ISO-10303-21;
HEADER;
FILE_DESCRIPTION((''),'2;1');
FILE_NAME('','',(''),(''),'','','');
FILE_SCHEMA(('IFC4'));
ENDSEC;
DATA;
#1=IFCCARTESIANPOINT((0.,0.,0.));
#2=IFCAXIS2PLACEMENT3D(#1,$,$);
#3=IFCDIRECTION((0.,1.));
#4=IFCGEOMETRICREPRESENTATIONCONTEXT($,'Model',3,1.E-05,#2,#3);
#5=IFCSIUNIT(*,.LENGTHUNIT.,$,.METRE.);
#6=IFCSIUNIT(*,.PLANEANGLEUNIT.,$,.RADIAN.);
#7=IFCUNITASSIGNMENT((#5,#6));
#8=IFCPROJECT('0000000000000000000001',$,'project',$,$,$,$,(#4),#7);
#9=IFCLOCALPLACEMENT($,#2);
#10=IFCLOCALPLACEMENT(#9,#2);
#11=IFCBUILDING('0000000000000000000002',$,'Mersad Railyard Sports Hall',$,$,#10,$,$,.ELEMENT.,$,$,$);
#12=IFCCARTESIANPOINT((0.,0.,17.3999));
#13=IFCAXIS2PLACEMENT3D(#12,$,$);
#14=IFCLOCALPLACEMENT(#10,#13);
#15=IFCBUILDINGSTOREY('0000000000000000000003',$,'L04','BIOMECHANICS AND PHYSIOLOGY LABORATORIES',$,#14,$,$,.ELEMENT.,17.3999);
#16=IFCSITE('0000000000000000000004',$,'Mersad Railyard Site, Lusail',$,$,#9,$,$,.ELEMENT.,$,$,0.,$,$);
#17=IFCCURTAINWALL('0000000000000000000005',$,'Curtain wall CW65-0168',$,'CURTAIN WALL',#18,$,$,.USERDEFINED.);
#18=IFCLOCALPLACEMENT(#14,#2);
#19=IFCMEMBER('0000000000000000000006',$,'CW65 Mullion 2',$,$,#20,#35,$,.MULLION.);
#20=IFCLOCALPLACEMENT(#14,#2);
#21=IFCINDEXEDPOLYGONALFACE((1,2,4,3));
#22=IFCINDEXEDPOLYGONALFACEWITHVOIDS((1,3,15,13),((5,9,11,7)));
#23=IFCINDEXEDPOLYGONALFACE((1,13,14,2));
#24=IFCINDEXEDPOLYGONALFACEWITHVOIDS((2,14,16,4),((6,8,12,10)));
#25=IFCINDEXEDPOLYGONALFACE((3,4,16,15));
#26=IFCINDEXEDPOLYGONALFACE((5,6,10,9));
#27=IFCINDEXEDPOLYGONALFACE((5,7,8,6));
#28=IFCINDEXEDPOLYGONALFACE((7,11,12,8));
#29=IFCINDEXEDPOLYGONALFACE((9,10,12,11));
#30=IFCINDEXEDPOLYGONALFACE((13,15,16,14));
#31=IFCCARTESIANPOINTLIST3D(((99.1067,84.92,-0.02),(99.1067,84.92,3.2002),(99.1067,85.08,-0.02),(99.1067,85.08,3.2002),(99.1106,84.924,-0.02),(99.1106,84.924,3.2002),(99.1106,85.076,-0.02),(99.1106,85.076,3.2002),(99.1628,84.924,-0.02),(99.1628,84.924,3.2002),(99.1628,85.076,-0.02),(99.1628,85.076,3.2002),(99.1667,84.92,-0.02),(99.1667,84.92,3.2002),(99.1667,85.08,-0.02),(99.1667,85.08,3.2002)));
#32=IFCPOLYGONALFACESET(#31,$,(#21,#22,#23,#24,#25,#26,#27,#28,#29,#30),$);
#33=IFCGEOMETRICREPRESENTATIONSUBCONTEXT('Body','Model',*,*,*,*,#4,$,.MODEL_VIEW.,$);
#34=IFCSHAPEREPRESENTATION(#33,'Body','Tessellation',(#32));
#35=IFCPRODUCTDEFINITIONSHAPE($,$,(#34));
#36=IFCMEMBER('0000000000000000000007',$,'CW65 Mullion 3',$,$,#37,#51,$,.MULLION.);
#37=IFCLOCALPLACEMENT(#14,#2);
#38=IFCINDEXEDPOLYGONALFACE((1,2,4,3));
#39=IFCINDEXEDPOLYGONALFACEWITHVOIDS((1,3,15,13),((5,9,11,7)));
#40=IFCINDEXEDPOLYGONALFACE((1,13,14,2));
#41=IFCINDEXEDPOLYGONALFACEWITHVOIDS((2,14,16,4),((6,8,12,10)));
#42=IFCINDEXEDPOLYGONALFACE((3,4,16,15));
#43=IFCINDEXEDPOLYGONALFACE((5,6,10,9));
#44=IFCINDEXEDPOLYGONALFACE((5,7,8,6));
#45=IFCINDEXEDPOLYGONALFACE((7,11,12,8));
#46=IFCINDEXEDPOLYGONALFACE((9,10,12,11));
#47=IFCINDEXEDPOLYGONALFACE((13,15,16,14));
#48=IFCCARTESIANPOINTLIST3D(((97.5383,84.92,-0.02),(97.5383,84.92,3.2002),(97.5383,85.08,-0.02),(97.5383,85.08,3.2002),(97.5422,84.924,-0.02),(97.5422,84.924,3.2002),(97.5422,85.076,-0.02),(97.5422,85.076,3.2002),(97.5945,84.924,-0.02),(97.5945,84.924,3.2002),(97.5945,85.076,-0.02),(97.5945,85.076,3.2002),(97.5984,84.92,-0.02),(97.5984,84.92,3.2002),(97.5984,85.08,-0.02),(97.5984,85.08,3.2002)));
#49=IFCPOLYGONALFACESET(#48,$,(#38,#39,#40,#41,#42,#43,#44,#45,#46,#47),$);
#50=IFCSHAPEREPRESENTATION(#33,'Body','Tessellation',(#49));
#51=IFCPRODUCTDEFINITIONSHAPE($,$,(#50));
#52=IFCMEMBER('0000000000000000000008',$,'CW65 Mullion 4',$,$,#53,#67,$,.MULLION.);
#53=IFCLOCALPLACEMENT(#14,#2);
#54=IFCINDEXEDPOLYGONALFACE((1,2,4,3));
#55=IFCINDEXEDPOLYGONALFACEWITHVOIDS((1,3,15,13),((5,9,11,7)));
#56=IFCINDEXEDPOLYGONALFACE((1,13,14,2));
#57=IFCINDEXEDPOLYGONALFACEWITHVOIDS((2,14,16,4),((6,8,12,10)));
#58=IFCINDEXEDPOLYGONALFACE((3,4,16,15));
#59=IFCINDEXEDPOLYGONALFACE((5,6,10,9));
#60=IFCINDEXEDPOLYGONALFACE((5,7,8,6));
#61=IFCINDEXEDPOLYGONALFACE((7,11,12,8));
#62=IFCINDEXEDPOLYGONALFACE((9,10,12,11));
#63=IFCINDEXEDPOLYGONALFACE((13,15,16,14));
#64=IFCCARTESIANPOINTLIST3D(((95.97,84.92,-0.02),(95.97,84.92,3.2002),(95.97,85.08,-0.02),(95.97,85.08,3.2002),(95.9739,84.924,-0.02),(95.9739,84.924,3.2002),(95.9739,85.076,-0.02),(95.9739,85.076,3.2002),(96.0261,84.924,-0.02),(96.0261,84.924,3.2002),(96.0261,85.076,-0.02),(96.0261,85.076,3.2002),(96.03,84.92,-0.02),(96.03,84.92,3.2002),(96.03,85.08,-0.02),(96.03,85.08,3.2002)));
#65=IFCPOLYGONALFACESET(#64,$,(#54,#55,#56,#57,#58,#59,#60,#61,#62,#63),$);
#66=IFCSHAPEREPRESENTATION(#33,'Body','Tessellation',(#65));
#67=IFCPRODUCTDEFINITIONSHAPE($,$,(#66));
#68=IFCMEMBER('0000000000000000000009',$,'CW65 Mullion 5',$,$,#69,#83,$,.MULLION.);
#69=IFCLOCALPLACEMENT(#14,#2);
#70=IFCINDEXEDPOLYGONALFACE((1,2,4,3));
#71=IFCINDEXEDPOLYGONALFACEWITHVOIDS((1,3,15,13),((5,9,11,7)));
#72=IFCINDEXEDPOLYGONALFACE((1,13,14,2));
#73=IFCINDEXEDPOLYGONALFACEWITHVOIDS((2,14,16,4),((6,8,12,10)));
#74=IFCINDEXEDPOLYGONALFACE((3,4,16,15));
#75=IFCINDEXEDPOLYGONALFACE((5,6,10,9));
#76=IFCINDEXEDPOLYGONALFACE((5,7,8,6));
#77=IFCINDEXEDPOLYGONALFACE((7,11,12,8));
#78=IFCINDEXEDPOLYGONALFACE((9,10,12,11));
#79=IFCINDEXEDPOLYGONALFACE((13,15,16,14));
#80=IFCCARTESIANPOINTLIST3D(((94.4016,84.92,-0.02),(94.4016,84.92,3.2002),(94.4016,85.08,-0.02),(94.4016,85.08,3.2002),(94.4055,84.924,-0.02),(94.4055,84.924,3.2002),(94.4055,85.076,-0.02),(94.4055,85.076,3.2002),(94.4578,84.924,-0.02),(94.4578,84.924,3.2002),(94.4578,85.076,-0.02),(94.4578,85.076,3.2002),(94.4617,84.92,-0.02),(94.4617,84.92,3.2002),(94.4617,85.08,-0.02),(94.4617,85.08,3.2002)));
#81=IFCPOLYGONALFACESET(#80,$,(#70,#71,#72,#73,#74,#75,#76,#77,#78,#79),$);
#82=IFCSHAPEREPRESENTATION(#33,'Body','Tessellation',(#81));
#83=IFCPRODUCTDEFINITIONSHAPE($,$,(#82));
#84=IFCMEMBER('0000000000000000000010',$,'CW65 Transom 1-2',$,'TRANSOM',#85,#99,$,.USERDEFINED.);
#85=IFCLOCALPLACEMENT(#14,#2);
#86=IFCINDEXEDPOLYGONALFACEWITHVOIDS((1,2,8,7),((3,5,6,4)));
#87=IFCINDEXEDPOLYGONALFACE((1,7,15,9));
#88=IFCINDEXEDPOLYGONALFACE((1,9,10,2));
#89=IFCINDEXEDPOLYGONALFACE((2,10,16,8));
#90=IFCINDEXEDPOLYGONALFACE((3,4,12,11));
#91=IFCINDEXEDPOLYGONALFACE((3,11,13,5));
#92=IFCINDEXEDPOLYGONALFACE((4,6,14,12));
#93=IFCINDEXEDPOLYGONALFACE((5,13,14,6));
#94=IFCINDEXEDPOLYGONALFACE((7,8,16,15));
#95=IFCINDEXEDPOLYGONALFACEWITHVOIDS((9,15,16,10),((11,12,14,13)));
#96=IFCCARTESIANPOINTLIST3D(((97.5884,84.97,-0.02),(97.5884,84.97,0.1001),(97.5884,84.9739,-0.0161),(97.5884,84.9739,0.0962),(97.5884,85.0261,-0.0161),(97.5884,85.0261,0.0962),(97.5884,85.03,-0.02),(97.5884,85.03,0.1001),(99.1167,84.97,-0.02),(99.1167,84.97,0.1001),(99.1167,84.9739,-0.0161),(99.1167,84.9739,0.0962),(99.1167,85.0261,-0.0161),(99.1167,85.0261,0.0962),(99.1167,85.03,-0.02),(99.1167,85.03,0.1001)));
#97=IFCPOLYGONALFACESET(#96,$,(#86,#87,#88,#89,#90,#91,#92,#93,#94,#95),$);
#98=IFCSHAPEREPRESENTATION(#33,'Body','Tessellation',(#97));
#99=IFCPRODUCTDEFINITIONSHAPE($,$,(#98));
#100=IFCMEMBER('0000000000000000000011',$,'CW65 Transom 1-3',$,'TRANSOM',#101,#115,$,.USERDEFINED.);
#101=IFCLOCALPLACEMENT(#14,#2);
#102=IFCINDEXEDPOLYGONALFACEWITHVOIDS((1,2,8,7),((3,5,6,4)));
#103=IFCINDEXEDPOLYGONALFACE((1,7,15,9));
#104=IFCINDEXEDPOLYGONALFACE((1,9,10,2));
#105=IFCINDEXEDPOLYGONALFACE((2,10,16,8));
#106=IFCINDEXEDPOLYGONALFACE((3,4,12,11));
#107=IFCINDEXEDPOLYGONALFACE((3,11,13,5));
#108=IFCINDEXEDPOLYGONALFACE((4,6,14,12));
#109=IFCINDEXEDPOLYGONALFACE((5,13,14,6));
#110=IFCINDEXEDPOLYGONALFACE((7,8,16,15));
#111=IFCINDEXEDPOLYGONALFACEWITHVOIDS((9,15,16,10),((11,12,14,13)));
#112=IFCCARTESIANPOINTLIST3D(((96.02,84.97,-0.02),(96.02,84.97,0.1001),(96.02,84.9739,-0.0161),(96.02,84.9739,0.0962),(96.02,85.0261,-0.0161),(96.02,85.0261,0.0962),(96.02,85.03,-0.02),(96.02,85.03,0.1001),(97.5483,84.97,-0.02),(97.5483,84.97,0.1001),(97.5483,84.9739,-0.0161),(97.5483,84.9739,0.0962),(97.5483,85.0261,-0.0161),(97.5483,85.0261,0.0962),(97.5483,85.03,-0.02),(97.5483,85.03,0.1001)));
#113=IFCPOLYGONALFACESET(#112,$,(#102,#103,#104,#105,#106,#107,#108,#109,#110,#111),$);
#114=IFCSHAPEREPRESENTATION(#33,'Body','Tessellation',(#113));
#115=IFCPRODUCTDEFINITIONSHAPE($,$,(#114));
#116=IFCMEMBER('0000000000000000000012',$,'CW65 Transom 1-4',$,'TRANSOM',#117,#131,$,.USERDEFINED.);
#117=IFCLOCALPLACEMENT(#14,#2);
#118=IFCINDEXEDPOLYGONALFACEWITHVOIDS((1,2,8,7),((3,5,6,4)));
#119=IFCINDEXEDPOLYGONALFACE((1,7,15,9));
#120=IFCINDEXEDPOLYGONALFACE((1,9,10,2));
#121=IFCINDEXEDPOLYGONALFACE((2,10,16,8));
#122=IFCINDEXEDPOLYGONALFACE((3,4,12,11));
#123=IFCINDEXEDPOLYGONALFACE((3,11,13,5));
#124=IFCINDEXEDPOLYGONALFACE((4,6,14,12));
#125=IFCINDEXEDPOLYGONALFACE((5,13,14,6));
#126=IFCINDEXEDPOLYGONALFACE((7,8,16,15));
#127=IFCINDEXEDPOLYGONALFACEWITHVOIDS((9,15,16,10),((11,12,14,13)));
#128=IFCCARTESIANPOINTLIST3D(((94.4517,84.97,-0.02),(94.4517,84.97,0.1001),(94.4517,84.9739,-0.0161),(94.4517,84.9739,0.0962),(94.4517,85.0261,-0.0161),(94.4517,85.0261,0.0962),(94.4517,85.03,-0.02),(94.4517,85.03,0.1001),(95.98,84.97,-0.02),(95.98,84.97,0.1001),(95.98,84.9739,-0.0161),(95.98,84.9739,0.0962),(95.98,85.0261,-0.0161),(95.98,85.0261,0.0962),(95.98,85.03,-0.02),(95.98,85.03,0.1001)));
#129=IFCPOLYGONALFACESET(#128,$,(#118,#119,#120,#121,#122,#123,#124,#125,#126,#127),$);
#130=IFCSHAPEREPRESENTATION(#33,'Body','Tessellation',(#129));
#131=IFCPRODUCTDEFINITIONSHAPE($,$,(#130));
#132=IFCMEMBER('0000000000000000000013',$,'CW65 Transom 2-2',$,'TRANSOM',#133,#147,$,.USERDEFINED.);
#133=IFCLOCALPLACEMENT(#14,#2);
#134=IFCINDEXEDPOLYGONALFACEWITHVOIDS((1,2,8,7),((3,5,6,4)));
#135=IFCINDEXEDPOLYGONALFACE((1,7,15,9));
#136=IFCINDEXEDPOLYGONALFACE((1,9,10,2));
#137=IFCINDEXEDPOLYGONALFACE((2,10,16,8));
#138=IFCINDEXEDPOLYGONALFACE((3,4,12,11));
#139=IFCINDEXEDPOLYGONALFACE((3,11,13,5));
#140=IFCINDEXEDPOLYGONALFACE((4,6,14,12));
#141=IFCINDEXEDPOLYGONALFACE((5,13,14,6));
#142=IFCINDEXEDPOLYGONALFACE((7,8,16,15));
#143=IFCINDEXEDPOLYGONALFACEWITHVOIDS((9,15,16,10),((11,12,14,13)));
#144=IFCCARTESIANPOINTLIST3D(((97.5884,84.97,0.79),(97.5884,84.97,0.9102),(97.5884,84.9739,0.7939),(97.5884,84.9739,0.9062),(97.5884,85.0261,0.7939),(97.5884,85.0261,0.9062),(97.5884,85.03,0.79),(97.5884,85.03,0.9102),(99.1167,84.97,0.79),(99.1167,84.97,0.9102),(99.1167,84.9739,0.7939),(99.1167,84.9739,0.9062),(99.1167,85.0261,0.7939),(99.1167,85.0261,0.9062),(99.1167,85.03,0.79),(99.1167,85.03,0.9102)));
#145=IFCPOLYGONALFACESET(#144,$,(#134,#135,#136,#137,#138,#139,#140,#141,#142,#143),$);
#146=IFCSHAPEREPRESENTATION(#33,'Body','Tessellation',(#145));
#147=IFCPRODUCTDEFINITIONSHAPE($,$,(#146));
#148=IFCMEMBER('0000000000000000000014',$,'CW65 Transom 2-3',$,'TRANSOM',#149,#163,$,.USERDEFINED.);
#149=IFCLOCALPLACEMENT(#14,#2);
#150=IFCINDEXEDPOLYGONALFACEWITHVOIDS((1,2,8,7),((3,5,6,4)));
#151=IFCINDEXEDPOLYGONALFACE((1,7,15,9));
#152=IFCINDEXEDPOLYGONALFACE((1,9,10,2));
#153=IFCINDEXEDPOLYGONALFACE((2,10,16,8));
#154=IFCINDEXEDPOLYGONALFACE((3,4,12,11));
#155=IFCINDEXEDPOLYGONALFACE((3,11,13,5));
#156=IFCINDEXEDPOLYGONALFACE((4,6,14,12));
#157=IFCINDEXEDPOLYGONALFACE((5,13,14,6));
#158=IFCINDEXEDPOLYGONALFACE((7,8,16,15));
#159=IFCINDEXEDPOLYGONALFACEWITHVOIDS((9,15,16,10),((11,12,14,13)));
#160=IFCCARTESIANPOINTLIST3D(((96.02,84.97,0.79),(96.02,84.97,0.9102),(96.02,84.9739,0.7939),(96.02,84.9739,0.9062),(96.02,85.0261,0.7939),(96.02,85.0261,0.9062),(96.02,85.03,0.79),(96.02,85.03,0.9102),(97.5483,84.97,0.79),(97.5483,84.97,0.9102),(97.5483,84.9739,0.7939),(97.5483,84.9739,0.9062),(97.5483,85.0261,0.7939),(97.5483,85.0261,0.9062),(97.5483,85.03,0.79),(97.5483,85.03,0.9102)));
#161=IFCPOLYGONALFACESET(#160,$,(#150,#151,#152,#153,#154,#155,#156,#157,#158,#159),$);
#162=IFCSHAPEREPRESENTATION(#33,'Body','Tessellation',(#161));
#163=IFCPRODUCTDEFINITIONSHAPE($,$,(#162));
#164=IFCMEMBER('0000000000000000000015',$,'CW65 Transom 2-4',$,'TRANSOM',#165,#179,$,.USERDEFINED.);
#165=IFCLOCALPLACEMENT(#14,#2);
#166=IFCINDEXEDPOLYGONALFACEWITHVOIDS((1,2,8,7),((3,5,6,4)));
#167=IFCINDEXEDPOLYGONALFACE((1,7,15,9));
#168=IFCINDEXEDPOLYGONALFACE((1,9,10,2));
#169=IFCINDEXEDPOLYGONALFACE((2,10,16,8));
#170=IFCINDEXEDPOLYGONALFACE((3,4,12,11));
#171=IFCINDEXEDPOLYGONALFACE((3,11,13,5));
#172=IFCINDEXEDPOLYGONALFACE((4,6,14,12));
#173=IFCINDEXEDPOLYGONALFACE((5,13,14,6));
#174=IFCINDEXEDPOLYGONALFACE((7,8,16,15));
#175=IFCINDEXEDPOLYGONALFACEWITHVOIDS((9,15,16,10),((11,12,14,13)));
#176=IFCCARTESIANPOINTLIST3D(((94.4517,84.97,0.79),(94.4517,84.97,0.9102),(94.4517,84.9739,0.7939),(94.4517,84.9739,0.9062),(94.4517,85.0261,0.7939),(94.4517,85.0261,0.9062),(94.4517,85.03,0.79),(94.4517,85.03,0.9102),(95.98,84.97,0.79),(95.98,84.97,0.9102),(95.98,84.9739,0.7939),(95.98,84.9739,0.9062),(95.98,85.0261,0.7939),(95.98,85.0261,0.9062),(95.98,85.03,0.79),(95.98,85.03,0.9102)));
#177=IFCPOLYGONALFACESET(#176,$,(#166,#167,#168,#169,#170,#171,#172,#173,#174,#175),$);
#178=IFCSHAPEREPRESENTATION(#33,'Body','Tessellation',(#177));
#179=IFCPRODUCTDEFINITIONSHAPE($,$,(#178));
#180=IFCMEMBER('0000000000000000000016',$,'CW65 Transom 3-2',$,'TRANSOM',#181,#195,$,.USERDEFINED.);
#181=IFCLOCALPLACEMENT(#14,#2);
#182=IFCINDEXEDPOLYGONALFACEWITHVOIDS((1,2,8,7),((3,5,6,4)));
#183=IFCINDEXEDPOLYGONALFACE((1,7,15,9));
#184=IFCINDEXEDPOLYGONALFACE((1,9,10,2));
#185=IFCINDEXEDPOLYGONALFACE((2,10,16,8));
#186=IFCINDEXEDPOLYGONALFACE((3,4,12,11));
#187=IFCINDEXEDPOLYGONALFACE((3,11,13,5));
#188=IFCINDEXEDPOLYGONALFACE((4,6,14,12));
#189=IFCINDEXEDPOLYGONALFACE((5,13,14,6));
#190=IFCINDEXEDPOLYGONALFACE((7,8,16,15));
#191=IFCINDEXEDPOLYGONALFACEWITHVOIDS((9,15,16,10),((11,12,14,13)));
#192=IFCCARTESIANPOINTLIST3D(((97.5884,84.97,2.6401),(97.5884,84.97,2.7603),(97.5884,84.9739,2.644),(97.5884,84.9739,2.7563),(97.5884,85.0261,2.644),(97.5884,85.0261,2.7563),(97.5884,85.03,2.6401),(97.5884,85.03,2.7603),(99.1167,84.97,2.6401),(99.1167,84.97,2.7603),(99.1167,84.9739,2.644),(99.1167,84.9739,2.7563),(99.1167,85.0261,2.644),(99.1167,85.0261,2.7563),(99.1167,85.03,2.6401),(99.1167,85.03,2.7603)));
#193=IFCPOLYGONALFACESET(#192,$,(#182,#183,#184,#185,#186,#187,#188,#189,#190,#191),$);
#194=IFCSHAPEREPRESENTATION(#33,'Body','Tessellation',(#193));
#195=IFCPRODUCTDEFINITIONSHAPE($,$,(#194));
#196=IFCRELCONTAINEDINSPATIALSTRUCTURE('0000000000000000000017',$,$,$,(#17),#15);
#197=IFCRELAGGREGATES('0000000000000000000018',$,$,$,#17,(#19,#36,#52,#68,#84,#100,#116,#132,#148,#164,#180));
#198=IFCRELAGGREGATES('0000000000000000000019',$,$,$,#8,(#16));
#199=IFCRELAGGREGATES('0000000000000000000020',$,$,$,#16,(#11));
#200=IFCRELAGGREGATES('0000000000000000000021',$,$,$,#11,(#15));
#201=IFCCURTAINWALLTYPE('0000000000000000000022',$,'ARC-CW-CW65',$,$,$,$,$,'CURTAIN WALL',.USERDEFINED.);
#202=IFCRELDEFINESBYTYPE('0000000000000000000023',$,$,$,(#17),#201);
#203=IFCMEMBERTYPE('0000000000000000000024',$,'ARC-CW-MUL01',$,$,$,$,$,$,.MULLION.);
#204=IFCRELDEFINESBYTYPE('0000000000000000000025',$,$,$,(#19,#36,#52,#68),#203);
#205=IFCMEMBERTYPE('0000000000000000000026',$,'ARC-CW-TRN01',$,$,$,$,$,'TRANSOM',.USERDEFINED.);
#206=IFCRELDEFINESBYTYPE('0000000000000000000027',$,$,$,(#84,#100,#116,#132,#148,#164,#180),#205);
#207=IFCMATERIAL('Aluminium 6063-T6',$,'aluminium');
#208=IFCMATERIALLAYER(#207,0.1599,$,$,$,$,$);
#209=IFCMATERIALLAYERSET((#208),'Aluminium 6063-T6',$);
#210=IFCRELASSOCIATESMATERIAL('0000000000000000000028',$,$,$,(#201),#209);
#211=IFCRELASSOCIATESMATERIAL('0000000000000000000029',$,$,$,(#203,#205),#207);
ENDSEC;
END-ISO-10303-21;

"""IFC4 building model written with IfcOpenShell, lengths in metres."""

from ifc_helpers import new_model, si_unit, direction, frame, origin, origin_2d, place, context, subcontext, project, spatial, hollow_rectangle, extrude, material, layer, layer_set, material_profile, profile_set, type_object, element, aggregate, save


model = new_model("IFC4")

# Units and contexts
model_context = context("Model", 3, precision=1e-05, world=origin(), true_north=direction((0.0, 1.0)))
body_context = subcontext(model_context, "Body", "Model", "MODEL_VIEW")
ifc_project = project(units=[si_unit("LENGTHUNIT", "METRE"), si_unit("PLANEANGLEUNIT", "RADIAN")], contexts=[model_context])

# Site, building, storey
site_placement = place(None, origin())
site = spatial("IfcSite", under=ifc_project, at=site_placement, Name="Mersad Railyard Site, Lusail", CompositionType="ELEMENT", RefElevation=0.0)
building_placement = place(site_placement, origin())
building = spatial("IfcBuilding", under=site, at=building_placement, Name="Mersad Railyard Sports Hall", CompositionType="ELEMENT")
storey_placement = place(building_placement, frame((0.0, 0.0, 17.3999)))
storey = spatial("IfcBuildingStorey", under=building, at=storey_placement, Name="L04", Description="BIOMECHANICS AND PHYSIOLOGY LABORATORIES", CompositionType="ELEMENT", Elevation=17.3999)

# Curtain wall, members
ifc_material_1 = material(Name="Aluminium 6063-T6", Category="aluminium")
ifc_layer_1 = layer(ifc_material_1, 0.1599)
ifc_layer_set_1 = layer_set([ifc_layer_1], Name="Aluminium 6063-T6")
curtain_wall_type = type_object("IfcCurtainWallType", Name="ARC-CW-CW65", ElementType="CURTAIN WALL", PredefinedType="USERDEFINED", material=ifc_layer_set_1)
curtain_wall_placement = place(storey_placement, origin())
curtain_wall = element("IfcCurtainWall", 1, at=curtain_wall_placement, inside=storey, type_object=curtain_wall_type, Name="Curtain wall CW65-0168", ObjectType="CURTAIN WALL", PredefinedType="USERDEFINED")
ifc_material_profile_1 = material_profile(ifc_material_1, hollow_rectangle(XDim=0.0601, YDim=0.1599, WallThickness=0.0039, at=origin_2d()), Name="AL MULLION 60x160x4")
ifc_profile_set_1 = profile_set([ifc_material_profile_1], Name="Aluminium 6063-T6")
member_type_1 = type_object("IfcMemberType", Name="ARC-CW-MUL01", PredefinedType="MULLION", material=ifc_profile_set_1)
member_1_placement = place(storey_placement, frame((99.1367, 85.0, -0.02), z_axis=(0.0, 0.0, 1.0), x_axis=(1.0, 0.0, 0.0)))
member_1 = element("IfcMember", 2, at=member_1_placement, type_object=member_type_1, Name="CW65 Mullion 2", PredefinedType="MULLION", context=body_context, shape_type="SweptSolid", body=[
    extrude(hollow_rectangle(XDim=0.0601, YDim=0.1599, WallThickness=0.0039, at=origin_2d()), origin(), (0.0, 0.0, 1.0), 3.2202),
])
member_2_placement = place(storey_placement, frame((97.5684, 85.0, -0.02), z_axis=(0.0, 0.0, 1.0), x_axis=(1.0, 0.0, 0.0)))
member_2 = element("IfcMember", 3, at=member_2_placement, type_object=member_type_1, Name="CW65 Mullion 3", PredefinedType="MULLION", context=body_context, shape_type="SweptSolid", body=[
    extrude(hollow_rectangle(XDim=0.0601, YDim=0.1599, WallThickness=0.0039, at=origin_2d()), origin(), (0.0, 0.0, 1.0), 3.2202),
])
member_3_placement = place(storey_placement, frame((96.0, 85.0, -0.02), z_axis=(0.0, 0.0, 1.0), x_axis=(1.0, 0.0, 0.0)))
member_3 = element("IfcMember", 4, at=member_3_placement, type_object=member_type_1, Name="CW65 Mullion 4", PredefinedType="MULLION", context=body_context, shape_type="SweptSolid", body=[
    extrude(hollow_rectangle(XDim=0.0601, YDim=0.1599, WallThickness=0.0039, at=origin_2d()), origin(), (0.0, 0.0, 1.0), 3.2202),
])
member_4_placement = place(storey_placement, frame((94.4316, 85.0, -0.02), z_axis=(0.0, 0.0, 1.0), x_axis=(1.0, 0.0, 0.0)))
member_4 = element("IfcMember", 5, at=member_4_placement, type_object=member_type_1, Name="CW65 Mullion 5", PredefinedType="MULLION", context=body_context, shape_type="SweptSolid", body=[
    extrude(hollow_rectangle(XDim=0.0601, YDim=0.1599, WallThickness=0.0039, at=origin_2d()), origin(), (0.0, 0.0, 1.0), 3.2202),
])
ifc_material_profile_2 = material_profile(ifc_material_1, hollow_rectangle(XDim=0.0601, YDim=0.1201, WallThickness=0.0039, at=origin_2d()), Name="AL TRANSOM 60x120x4")
ifc_profile_set_2 = profile_set([ifc_material_profile_2], Name="Aluminium 6063-T6")
member_type_2 = type_object("IfcMemberType", Name="ARC-CW-TRN01", ElementType="TRANSOM", PredefinedType="USERDEFINED", material=ifc_profile_set_2)
member_5_placement = place(storey_placement, frame((99.1167, 85.0, 0.04), z_axis=(-1.0, 0.0, 0.0), x_axis=(0.0, -1.0, 0.0)))
member_5 = element("IfcMember", 6, at=member_5_placement, type_object=member_type_2, Name="CW65 Transom 1-2", ObjectType="TRANSOM", PredefinedType="USERDEFINED", context=body_context, shape_type="SweptSolid", body=[
    extrude(hollow_rectangle(XDim=0.0601, YDim=0.1201, WallThickness=0.0039, at=origin_2d()), origin(), (0.0, 0.0, 1.0), 1.5283),
])
member_6_placement = place(storey_placement, frame((97.5483, 85.0, 0.04), z_axis=(-1.0, 0.0, 0.0), x_axis=(0.0, -1.0, 0.0)))
member_6 = element("IfcMember", 7, at=member_6_placement, type_object=member_type_2, Name="CW65 Transom 1-3", ObjectType="TRANSOM", PredefinedType="USERDEFINED", context=body_context, shape_type="SweptSolid", body=[
    extrude(hollow_rectangle(XDim=0.0601, YDim=0.1201, WallThickness=0.0039, at=origin_2d()), origin(), (0.0, 0.0, 1.0), 1.5283),
])
member_7_placement = place(storey_placement, frame((95.98, 85.0, 0.04), z_axis=(-1.0, 0.0, 0.0), x_axis=(0.0, -1.0, 0.0)))
member_7 = element("IfcMember", 8, at=member_7_placement, type_object=member_type_2, Name="CW65 Transom 1-4", ObjectType="TRANSOM", PredefinedType="USERDEFINED", context=body_context, shape_type="SweptSolid", body=[
    extrude(hollow_rectangle(XDim=0.0601, YDim=0.1201, WallThickness=0.0039, at=origin_2d()), origin(), (0.0, 0.0, 1.0), 1.5283),
])
member_8_placement = place(storey_placement, frame((99.1167, 85.0, 0.8501), z_axis=(-1.0, 0.0, 0.0), x_axis=(0.0, -1.0, 0.0)))
member_8 = element("IfcMember", 9, at=member_8_placement, type_object=member_type_2, Name="CW65 Transom 2-2", ObjectType="TRANSOM", PredefinedType="USERDEFINED", context=body_context, shape_type="SweptSolid", body=[
    extrude(hollow_rectangle(XDim=0.0601, YDim=0.1201, WallThickness=0.0039, at=origin_2d()), origin(), (0.0, 0.0, 1.0), 1.5283),
])
member_9_placement = place(storey_placement, frame((97.5483, 85.0, 0.8501), z_axis=(-1.0, 0.0, 0.0), x_axis=(0.0, -1.0, 0.0)))
member_9 = element("IfcMember", 10, at=member_9_placement, type_object=member_type_2, Name="CW65 Transom 2-3", ObjectType="TRANSOM", PredefinedType="USERDEFINED", context=body_context, shape_type="SweptSolid", body=[
    extrude(hollow_rectangle(XDim=0.0601, YDim=0.1201, WallThickness=0.0039, at=origin_2d()), origin(), (0.0, 0.0, 1.0), 1.5283),
])
member_10_placement = place(storey_placement, frame((95.98, 85.0, 0.8501), z_axis=(-1.0, 0.0, 0.0), x_axis=(0.0, -1.0, 0.0)))
member_10 = element("IfcMember", 11, at=member_10_placement, type_object=member_type_2, Name="CW65 Transom 2-4", ObjectType="TRANSOM", PredefinedType="USERDEFINED", context=body_context, shape_type="SweptSolid", body=[
    extrude(hollow_rectangle(XDim=0.0601, YDim=0.1201, WallThickness=0.0039, at=origin_2d()), origin(), (0.0, 0.0, 1.0), 1.5283),
])
member_11_placement = place(storey_placement, frame((99.1167, 85.0, 2.7002), z_axis=(-1.0, 0.0, 0.0), x_axis=(0.0, -1.0, 0.0)))
member_11 = element("IfcMember", 12, at=member_11_placement, type_object=member_type_2, Name="CW65 Transom 3-2", ObjectType="TRANSOM", PredefinedType="USERDEFINED", context=body_context, shape_type="SweptSolid", body=[
    extrude(hollow_rectangle(XDim=0.0601, YDim=0.1201, WallThickness=0.0039, at=origin_2d()), origin(), (0.0, 0.0, 1.0), 1.5283),
])
aggregate(curtain_wall, [member_1, member_2, member_3, member_4, member_5, member_6, member_7, member_8, member_9, member_10, member_11])

save(model, "model.ifc")
